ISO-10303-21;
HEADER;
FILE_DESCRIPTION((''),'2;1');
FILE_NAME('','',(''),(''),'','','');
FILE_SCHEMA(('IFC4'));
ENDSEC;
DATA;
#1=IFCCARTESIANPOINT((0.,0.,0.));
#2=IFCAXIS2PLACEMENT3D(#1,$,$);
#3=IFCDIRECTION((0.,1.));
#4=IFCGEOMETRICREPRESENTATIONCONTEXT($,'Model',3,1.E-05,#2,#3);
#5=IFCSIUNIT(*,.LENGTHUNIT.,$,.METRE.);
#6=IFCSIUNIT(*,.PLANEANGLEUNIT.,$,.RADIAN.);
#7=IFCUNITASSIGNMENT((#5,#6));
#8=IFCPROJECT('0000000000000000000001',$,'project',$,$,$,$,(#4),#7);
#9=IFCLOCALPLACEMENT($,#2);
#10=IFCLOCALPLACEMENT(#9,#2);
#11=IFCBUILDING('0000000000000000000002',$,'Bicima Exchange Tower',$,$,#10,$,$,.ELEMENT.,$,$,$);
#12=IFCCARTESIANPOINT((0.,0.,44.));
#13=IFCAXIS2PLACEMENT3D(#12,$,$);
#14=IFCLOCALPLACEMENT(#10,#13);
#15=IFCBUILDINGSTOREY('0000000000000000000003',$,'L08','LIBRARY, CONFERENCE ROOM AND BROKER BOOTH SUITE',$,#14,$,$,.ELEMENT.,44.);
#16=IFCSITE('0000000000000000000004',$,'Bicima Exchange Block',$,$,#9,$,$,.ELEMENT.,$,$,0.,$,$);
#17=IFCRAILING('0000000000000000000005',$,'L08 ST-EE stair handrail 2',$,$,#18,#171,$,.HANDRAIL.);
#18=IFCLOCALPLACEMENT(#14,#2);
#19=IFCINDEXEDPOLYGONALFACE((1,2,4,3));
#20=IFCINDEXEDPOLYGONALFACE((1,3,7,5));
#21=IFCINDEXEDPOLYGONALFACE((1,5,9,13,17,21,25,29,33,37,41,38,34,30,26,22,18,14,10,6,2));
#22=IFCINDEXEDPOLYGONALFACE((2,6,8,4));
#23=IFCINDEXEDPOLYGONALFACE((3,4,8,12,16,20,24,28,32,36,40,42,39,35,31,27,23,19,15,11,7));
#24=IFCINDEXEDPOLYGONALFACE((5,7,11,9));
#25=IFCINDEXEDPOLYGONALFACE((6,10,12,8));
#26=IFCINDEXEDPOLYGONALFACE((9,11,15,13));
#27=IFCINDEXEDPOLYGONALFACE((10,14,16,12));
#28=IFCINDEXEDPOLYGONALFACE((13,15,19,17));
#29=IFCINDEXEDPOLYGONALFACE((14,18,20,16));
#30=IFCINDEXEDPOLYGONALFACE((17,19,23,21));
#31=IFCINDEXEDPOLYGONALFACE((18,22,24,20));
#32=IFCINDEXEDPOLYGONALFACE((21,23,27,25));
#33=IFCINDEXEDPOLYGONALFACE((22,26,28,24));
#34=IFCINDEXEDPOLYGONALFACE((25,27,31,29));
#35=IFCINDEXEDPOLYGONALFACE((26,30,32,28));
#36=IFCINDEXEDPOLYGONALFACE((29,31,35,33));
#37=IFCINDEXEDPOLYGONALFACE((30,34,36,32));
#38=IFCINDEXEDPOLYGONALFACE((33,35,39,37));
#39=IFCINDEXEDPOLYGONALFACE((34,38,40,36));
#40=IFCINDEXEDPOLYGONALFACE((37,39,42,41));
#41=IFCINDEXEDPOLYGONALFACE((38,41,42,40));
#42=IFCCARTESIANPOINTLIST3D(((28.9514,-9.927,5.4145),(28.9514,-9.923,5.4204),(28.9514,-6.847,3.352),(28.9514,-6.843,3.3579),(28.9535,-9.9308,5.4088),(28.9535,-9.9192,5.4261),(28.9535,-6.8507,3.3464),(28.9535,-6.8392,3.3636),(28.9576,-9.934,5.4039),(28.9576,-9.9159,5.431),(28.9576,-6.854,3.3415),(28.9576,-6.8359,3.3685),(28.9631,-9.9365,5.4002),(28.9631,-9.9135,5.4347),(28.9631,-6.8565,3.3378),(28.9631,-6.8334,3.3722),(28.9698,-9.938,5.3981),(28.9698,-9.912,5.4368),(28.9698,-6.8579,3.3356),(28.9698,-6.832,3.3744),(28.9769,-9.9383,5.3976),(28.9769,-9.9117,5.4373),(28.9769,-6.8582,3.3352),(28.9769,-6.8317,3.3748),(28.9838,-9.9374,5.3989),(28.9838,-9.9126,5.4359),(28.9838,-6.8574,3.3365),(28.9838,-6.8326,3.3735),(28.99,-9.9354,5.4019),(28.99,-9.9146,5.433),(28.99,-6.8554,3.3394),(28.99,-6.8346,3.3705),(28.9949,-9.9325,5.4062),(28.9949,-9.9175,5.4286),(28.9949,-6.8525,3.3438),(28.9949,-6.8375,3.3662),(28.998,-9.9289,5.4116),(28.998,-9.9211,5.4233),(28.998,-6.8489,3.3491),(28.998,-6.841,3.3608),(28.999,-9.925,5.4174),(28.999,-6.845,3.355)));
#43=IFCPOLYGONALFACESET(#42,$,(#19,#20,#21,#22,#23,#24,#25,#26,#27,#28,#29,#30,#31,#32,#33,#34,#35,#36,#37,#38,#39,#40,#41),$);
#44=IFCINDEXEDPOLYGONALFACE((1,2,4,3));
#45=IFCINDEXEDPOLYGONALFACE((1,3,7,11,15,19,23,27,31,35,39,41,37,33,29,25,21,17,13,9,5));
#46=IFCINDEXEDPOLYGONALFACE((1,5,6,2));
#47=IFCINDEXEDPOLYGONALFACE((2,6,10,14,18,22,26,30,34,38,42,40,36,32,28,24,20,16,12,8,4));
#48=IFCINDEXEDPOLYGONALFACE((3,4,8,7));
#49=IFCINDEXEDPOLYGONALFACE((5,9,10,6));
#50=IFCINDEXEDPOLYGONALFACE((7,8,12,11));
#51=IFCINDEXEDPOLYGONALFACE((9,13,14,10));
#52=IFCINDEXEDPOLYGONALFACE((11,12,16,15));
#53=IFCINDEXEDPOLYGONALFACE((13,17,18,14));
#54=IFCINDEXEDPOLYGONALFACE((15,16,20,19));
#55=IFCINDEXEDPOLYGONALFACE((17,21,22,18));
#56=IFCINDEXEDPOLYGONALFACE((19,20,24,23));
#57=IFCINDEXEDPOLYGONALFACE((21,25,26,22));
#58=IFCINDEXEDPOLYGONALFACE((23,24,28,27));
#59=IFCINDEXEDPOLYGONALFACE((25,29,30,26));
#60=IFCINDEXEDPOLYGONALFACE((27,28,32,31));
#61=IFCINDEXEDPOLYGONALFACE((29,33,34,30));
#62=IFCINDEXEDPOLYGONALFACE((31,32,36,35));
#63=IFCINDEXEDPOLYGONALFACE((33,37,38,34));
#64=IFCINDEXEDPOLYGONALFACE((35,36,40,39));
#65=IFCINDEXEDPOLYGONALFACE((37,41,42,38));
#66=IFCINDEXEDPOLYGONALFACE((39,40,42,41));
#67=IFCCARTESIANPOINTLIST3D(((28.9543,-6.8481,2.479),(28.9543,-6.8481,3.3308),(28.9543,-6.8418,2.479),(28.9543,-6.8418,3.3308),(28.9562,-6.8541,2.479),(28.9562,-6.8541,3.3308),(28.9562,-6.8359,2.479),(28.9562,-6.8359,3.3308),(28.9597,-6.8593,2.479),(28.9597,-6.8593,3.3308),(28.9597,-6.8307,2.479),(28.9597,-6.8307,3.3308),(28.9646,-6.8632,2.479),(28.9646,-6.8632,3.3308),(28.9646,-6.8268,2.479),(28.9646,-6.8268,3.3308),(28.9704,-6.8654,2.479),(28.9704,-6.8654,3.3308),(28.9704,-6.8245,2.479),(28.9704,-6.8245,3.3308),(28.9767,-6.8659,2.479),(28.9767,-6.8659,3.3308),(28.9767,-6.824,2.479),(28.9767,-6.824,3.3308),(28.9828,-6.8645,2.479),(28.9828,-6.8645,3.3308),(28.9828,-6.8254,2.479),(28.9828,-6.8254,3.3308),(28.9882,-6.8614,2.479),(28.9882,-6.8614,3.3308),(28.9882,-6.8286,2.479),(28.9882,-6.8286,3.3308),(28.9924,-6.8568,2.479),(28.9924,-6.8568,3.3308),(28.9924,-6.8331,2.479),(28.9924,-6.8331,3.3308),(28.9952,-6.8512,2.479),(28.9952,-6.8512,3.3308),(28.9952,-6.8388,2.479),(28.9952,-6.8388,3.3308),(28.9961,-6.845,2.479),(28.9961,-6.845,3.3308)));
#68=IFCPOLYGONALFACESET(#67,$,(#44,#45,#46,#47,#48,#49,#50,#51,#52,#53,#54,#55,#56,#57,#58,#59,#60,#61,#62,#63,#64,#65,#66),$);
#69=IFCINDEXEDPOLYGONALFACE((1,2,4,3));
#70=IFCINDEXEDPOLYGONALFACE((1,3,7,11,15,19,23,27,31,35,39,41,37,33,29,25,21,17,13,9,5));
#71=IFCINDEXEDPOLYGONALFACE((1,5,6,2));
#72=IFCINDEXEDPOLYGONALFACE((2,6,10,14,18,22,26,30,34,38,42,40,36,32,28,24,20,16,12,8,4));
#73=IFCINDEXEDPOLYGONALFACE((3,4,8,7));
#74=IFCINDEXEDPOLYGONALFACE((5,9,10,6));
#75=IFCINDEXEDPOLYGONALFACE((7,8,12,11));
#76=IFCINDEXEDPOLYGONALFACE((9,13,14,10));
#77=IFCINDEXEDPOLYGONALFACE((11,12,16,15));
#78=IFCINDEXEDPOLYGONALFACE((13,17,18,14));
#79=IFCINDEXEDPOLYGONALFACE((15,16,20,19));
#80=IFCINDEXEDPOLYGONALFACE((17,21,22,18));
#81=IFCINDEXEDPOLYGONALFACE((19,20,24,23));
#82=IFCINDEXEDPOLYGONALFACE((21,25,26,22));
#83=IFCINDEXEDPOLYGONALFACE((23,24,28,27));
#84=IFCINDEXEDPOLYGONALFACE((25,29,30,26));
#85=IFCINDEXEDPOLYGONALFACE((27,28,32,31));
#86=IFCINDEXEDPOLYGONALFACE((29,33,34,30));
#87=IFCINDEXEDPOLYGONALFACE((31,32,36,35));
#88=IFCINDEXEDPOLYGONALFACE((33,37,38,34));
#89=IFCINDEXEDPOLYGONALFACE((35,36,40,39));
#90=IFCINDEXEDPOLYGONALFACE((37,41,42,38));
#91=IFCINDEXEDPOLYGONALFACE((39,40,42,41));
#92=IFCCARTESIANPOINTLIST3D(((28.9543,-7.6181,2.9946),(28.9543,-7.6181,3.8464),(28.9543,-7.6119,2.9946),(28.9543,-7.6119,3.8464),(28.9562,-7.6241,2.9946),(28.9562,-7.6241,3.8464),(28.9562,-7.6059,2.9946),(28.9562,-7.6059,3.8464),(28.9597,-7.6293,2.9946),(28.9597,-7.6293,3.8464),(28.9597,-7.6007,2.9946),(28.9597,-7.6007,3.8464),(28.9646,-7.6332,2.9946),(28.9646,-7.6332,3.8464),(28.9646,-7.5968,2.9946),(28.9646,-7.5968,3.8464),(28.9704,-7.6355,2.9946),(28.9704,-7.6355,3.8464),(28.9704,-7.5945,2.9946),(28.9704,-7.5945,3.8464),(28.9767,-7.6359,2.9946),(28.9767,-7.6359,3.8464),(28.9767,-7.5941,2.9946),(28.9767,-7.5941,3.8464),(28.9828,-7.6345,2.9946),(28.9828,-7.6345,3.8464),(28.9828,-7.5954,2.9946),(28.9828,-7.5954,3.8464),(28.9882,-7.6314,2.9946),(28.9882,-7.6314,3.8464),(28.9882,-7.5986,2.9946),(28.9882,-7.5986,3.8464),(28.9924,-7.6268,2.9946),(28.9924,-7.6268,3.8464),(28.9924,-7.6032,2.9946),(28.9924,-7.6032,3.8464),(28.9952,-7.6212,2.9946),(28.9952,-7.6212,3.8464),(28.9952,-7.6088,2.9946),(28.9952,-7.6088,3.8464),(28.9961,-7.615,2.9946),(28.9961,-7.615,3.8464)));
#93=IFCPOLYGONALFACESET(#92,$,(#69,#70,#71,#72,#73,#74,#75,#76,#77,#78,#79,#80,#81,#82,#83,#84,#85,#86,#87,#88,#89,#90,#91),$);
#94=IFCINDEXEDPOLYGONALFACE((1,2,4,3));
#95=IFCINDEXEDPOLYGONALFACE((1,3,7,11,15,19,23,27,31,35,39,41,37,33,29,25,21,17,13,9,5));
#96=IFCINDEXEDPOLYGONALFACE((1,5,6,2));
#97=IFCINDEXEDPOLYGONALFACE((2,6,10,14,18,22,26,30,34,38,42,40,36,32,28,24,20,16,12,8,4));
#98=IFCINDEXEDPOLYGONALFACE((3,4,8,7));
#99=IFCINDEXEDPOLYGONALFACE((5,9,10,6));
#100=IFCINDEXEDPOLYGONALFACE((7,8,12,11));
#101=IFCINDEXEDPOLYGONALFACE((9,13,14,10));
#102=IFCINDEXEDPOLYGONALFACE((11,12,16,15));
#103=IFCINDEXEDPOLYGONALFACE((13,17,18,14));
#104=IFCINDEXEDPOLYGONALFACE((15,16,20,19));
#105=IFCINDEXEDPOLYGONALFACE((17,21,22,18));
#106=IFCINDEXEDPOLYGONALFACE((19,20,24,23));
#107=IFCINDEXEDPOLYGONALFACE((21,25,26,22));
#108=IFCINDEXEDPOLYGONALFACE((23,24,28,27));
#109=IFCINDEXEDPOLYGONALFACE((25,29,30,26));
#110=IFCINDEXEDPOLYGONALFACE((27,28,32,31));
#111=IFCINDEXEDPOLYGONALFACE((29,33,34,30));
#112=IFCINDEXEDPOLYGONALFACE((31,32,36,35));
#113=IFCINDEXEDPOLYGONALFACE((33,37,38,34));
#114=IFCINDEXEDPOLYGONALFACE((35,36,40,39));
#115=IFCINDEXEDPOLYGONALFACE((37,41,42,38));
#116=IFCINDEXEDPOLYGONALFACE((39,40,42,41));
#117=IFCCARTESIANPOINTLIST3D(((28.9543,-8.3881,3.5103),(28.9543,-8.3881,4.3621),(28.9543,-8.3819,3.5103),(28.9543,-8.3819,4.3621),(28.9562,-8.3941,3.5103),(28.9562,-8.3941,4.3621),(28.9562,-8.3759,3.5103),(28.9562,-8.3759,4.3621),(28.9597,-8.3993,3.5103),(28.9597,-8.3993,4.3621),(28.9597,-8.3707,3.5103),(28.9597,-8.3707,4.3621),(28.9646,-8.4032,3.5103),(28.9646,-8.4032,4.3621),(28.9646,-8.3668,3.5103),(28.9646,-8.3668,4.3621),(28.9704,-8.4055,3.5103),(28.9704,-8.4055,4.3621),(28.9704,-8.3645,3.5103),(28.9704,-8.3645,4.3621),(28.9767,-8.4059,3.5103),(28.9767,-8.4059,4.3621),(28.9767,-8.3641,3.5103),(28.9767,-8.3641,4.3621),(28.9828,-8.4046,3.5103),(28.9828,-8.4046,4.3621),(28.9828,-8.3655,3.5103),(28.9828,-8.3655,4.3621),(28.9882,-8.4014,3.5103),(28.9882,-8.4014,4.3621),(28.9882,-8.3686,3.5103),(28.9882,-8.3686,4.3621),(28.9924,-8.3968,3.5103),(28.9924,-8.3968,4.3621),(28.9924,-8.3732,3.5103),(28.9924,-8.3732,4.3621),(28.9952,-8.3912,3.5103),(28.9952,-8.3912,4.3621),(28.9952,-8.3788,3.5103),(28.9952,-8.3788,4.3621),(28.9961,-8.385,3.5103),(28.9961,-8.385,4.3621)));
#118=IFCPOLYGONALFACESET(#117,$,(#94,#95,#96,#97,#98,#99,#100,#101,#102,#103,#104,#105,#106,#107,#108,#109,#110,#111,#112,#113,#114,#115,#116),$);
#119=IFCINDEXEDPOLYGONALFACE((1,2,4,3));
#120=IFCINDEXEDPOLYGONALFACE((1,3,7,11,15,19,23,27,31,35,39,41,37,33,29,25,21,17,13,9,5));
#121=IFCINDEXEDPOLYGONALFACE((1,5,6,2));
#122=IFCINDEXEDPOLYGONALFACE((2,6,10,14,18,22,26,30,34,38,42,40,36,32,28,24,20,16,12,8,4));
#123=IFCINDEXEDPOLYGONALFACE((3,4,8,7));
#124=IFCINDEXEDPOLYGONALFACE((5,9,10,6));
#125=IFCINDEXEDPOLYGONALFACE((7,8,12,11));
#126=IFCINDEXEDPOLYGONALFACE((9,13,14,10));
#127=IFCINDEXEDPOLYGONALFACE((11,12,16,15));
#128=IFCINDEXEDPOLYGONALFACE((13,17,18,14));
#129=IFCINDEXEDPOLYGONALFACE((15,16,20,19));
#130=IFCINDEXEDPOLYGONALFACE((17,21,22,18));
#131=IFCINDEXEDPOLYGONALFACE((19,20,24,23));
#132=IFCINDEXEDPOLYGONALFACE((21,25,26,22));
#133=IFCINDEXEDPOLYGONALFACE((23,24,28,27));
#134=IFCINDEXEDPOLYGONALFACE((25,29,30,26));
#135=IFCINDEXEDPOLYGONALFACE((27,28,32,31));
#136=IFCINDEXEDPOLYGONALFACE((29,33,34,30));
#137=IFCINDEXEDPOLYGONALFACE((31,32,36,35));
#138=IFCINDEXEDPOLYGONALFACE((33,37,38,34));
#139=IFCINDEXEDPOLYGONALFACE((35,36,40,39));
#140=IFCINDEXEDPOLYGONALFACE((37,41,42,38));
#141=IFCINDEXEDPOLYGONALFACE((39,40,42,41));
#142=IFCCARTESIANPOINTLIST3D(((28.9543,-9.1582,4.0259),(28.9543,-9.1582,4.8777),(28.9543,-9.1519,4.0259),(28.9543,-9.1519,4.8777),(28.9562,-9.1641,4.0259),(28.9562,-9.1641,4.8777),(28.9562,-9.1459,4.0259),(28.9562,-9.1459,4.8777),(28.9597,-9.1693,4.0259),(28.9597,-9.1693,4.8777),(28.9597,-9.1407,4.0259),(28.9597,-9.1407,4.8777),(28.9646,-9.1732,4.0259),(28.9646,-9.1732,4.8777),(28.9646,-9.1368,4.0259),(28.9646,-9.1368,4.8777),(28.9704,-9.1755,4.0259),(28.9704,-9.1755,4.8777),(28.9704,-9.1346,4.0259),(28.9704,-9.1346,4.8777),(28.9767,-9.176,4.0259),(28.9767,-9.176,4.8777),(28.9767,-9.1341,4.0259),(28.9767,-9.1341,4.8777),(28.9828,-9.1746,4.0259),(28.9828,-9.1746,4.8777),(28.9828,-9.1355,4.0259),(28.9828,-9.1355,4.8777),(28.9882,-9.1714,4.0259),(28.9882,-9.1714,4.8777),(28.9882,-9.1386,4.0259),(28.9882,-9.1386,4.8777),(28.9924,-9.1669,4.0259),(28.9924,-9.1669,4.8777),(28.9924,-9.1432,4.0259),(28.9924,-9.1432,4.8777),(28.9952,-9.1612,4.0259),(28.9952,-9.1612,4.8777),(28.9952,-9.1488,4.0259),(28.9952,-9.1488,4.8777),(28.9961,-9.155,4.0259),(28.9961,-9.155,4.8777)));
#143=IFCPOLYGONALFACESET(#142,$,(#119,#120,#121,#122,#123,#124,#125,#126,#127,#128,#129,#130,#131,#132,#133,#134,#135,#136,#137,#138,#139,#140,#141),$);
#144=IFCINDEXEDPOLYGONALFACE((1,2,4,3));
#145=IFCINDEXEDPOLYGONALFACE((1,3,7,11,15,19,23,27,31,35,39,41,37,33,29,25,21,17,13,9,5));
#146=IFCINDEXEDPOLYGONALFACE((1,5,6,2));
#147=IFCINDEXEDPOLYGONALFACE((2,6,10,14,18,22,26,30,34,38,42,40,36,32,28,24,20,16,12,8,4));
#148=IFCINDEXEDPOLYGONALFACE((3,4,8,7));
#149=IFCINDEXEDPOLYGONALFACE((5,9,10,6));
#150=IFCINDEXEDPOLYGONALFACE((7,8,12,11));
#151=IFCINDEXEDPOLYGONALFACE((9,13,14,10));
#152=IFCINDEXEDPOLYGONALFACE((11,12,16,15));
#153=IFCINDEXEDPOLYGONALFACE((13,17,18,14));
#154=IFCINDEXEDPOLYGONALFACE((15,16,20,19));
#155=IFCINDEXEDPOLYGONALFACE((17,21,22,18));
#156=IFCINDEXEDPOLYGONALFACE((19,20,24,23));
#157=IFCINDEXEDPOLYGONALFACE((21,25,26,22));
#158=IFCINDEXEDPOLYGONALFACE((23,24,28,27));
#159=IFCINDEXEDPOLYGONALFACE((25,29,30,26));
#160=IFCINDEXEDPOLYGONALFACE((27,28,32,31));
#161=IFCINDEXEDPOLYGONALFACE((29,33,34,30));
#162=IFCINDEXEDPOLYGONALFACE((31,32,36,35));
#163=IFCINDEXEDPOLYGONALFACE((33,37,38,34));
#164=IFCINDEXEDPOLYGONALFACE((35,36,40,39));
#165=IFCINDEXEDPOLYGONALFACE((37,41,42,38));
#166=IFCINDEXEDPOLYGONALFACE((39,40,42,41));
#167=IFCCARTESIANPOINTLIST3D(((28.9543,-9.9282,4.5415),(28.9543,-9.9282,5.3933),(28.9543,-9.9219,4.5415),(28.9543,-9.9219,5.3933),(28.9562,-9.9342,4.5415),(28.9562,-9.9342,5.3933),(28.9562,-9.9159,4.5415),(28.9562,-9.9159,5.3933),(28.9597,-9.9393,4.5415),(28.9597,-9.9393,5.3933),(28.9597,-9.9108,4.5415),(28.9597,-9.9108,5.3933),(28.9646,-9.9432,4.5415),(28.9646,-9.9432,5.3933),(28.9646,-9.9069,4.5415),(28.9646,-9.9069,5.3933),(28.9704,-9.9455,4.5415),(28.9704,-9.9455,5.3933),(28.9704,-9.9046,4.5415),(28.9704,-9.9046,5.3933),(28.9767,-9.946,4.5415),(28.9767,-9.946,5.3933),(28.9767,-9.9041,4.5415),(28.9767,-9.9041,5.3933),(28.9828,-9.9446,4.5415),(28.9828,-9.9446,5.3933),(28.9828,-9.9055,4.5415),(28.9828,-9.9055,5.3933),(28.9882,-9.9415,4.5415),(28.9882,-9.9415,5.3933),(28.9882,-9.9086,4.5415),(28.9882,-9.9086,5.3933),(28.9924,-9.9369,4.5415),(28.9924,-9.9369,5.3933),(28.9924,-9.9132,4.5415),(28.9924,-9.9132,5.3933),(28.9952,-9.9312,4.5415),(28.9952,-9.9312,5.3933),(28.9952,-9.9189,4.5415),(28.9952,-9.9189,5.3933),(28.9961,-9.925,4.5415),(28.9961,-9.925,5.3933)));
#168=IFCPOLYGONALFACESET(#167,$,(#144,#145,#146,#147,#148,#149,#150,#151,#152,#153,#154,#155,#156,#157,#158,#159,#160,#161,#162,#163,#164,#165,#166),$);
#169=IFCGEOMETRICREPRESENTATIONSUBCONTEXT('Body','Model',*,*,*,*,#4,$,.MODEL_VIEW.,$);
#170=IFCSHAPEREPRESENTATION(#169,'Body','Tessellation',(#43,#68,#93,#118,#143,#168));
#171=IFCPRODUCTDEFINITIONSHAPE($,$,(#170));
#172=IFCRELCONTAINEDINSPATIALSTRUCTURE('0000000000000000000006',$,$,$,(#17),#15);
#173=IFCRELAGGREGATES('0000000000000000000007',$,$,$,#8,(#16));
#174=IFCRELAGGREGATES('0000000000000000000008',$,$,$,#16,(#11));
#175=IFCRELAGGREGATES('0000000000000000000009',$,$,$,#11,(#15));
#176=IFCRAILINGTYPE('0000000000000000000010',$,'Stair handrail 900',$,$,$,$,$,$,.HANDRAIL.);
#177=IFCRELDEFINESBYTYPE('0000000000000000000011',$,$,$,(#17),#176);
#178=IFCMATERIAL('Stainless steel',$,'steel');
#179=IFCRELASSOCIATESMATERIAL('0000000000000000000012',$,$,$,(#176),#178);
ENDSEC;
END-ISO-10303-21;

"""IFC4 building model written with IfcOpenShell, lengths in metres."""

from ifc_helpers import new_model, si_unit, direction, frame, origin, origin_2d, place, context, subcontext, project, spatial, circle, extrude, material, type_object, element, save


model = new_model("IFC4")

# Units and contexts
model_context = context("Model", 3, precision=1e-05, world=origin(), true_north=direction((0.0, 1.0)))
body_context = subcontext(model_context, "Body", "Model", "MODEL_VIEW")
ifc_project = project(units=[si_unit("LENGTHUNIT", "METRE"), si_unit("PLANEANGLEUNIT", "RADIAN")], contexts=[model_context])

# Site, building, storey
site_placement = place(None, origin())
site = spatial("IfcSite", under=ifc_project, at=site_placement, Name="Bicima Exchange Block", CompositionType="ELEMENT", RefElevation=0.0)
building_placement = place(site_placement, origin())
building = spatial("IfcBuilding", under=site, at=building_placement, Name="Bicima Exchange Tower", CompositionType="ELEMENT")
storey_placement = place(building_placement, frame((0.0, 0.0, 44.0)))
storey = spatial("IfcBuildingStorey", under=building, at=storey_placement, Name="L08", Description="LIBRARY, CONFERENCE ROOM AND BROKER BOOTH SUITE", CompositionType="ELEMENT", Elevation=44.0)

# Railing
ifc_material_1 = material(Name="Stainless steel", Category="steel")
railing_type_1 = type_object("IfcRailingType", Name="Stair handrail 900", PredefinedType="HANDRAIL", material=ifc_material_1)
railing_1_placement = place(storey_placement, frame((28.9751, -6.845, 2.479)))
element("IfcRailing", 1, at=railing_1_placement, inside=storey, type_object=railing_type_1, Name="L08 ST-EE stair handrail 2", PredefinedType="HANDRAIL", context=body_context, shape_type="SweptSolid", body=[
    extrude(circle(Radius=0.0239, at=origin_2d()), frame((0.0, 0.0, 0.876), z_axis=(0.0, -0.830914, 0.556401), x_axis=(1.0, 0.0, 0.0)), (0.0, 0.0, 1.0), 3.7068),
    extrude(circle(Radius=0.021, at=origin_2d()), origin(), (0.0, 0.0, 1.0), 0.8518),
    extrude(circle(Radius=0.021, at=origin_2d()), frame((0.0, -0.77, 0.5156)), (0.0, 0.0, 1.0), 0.8518),
    extrude(circle(Radius=0.021, at=origin_2d()), frame((0.0, -1.54, 1.0312)), (0.0, 0.0, 1.0), 0.8518),
    extrude(circle(Radius=0.021, at=origin_2d()), frame((0.0, -2.3101, 1.5469)), (0.0, 0.0, 1.0), 0.8518),
    extrude(circle(Radius=0.021, at=origin_2d()), frame((0.0, -3.0801, 2.0625)), (0.0, 0.0, 1.0), 0.8518),
])

save(model, "model.ifc")
